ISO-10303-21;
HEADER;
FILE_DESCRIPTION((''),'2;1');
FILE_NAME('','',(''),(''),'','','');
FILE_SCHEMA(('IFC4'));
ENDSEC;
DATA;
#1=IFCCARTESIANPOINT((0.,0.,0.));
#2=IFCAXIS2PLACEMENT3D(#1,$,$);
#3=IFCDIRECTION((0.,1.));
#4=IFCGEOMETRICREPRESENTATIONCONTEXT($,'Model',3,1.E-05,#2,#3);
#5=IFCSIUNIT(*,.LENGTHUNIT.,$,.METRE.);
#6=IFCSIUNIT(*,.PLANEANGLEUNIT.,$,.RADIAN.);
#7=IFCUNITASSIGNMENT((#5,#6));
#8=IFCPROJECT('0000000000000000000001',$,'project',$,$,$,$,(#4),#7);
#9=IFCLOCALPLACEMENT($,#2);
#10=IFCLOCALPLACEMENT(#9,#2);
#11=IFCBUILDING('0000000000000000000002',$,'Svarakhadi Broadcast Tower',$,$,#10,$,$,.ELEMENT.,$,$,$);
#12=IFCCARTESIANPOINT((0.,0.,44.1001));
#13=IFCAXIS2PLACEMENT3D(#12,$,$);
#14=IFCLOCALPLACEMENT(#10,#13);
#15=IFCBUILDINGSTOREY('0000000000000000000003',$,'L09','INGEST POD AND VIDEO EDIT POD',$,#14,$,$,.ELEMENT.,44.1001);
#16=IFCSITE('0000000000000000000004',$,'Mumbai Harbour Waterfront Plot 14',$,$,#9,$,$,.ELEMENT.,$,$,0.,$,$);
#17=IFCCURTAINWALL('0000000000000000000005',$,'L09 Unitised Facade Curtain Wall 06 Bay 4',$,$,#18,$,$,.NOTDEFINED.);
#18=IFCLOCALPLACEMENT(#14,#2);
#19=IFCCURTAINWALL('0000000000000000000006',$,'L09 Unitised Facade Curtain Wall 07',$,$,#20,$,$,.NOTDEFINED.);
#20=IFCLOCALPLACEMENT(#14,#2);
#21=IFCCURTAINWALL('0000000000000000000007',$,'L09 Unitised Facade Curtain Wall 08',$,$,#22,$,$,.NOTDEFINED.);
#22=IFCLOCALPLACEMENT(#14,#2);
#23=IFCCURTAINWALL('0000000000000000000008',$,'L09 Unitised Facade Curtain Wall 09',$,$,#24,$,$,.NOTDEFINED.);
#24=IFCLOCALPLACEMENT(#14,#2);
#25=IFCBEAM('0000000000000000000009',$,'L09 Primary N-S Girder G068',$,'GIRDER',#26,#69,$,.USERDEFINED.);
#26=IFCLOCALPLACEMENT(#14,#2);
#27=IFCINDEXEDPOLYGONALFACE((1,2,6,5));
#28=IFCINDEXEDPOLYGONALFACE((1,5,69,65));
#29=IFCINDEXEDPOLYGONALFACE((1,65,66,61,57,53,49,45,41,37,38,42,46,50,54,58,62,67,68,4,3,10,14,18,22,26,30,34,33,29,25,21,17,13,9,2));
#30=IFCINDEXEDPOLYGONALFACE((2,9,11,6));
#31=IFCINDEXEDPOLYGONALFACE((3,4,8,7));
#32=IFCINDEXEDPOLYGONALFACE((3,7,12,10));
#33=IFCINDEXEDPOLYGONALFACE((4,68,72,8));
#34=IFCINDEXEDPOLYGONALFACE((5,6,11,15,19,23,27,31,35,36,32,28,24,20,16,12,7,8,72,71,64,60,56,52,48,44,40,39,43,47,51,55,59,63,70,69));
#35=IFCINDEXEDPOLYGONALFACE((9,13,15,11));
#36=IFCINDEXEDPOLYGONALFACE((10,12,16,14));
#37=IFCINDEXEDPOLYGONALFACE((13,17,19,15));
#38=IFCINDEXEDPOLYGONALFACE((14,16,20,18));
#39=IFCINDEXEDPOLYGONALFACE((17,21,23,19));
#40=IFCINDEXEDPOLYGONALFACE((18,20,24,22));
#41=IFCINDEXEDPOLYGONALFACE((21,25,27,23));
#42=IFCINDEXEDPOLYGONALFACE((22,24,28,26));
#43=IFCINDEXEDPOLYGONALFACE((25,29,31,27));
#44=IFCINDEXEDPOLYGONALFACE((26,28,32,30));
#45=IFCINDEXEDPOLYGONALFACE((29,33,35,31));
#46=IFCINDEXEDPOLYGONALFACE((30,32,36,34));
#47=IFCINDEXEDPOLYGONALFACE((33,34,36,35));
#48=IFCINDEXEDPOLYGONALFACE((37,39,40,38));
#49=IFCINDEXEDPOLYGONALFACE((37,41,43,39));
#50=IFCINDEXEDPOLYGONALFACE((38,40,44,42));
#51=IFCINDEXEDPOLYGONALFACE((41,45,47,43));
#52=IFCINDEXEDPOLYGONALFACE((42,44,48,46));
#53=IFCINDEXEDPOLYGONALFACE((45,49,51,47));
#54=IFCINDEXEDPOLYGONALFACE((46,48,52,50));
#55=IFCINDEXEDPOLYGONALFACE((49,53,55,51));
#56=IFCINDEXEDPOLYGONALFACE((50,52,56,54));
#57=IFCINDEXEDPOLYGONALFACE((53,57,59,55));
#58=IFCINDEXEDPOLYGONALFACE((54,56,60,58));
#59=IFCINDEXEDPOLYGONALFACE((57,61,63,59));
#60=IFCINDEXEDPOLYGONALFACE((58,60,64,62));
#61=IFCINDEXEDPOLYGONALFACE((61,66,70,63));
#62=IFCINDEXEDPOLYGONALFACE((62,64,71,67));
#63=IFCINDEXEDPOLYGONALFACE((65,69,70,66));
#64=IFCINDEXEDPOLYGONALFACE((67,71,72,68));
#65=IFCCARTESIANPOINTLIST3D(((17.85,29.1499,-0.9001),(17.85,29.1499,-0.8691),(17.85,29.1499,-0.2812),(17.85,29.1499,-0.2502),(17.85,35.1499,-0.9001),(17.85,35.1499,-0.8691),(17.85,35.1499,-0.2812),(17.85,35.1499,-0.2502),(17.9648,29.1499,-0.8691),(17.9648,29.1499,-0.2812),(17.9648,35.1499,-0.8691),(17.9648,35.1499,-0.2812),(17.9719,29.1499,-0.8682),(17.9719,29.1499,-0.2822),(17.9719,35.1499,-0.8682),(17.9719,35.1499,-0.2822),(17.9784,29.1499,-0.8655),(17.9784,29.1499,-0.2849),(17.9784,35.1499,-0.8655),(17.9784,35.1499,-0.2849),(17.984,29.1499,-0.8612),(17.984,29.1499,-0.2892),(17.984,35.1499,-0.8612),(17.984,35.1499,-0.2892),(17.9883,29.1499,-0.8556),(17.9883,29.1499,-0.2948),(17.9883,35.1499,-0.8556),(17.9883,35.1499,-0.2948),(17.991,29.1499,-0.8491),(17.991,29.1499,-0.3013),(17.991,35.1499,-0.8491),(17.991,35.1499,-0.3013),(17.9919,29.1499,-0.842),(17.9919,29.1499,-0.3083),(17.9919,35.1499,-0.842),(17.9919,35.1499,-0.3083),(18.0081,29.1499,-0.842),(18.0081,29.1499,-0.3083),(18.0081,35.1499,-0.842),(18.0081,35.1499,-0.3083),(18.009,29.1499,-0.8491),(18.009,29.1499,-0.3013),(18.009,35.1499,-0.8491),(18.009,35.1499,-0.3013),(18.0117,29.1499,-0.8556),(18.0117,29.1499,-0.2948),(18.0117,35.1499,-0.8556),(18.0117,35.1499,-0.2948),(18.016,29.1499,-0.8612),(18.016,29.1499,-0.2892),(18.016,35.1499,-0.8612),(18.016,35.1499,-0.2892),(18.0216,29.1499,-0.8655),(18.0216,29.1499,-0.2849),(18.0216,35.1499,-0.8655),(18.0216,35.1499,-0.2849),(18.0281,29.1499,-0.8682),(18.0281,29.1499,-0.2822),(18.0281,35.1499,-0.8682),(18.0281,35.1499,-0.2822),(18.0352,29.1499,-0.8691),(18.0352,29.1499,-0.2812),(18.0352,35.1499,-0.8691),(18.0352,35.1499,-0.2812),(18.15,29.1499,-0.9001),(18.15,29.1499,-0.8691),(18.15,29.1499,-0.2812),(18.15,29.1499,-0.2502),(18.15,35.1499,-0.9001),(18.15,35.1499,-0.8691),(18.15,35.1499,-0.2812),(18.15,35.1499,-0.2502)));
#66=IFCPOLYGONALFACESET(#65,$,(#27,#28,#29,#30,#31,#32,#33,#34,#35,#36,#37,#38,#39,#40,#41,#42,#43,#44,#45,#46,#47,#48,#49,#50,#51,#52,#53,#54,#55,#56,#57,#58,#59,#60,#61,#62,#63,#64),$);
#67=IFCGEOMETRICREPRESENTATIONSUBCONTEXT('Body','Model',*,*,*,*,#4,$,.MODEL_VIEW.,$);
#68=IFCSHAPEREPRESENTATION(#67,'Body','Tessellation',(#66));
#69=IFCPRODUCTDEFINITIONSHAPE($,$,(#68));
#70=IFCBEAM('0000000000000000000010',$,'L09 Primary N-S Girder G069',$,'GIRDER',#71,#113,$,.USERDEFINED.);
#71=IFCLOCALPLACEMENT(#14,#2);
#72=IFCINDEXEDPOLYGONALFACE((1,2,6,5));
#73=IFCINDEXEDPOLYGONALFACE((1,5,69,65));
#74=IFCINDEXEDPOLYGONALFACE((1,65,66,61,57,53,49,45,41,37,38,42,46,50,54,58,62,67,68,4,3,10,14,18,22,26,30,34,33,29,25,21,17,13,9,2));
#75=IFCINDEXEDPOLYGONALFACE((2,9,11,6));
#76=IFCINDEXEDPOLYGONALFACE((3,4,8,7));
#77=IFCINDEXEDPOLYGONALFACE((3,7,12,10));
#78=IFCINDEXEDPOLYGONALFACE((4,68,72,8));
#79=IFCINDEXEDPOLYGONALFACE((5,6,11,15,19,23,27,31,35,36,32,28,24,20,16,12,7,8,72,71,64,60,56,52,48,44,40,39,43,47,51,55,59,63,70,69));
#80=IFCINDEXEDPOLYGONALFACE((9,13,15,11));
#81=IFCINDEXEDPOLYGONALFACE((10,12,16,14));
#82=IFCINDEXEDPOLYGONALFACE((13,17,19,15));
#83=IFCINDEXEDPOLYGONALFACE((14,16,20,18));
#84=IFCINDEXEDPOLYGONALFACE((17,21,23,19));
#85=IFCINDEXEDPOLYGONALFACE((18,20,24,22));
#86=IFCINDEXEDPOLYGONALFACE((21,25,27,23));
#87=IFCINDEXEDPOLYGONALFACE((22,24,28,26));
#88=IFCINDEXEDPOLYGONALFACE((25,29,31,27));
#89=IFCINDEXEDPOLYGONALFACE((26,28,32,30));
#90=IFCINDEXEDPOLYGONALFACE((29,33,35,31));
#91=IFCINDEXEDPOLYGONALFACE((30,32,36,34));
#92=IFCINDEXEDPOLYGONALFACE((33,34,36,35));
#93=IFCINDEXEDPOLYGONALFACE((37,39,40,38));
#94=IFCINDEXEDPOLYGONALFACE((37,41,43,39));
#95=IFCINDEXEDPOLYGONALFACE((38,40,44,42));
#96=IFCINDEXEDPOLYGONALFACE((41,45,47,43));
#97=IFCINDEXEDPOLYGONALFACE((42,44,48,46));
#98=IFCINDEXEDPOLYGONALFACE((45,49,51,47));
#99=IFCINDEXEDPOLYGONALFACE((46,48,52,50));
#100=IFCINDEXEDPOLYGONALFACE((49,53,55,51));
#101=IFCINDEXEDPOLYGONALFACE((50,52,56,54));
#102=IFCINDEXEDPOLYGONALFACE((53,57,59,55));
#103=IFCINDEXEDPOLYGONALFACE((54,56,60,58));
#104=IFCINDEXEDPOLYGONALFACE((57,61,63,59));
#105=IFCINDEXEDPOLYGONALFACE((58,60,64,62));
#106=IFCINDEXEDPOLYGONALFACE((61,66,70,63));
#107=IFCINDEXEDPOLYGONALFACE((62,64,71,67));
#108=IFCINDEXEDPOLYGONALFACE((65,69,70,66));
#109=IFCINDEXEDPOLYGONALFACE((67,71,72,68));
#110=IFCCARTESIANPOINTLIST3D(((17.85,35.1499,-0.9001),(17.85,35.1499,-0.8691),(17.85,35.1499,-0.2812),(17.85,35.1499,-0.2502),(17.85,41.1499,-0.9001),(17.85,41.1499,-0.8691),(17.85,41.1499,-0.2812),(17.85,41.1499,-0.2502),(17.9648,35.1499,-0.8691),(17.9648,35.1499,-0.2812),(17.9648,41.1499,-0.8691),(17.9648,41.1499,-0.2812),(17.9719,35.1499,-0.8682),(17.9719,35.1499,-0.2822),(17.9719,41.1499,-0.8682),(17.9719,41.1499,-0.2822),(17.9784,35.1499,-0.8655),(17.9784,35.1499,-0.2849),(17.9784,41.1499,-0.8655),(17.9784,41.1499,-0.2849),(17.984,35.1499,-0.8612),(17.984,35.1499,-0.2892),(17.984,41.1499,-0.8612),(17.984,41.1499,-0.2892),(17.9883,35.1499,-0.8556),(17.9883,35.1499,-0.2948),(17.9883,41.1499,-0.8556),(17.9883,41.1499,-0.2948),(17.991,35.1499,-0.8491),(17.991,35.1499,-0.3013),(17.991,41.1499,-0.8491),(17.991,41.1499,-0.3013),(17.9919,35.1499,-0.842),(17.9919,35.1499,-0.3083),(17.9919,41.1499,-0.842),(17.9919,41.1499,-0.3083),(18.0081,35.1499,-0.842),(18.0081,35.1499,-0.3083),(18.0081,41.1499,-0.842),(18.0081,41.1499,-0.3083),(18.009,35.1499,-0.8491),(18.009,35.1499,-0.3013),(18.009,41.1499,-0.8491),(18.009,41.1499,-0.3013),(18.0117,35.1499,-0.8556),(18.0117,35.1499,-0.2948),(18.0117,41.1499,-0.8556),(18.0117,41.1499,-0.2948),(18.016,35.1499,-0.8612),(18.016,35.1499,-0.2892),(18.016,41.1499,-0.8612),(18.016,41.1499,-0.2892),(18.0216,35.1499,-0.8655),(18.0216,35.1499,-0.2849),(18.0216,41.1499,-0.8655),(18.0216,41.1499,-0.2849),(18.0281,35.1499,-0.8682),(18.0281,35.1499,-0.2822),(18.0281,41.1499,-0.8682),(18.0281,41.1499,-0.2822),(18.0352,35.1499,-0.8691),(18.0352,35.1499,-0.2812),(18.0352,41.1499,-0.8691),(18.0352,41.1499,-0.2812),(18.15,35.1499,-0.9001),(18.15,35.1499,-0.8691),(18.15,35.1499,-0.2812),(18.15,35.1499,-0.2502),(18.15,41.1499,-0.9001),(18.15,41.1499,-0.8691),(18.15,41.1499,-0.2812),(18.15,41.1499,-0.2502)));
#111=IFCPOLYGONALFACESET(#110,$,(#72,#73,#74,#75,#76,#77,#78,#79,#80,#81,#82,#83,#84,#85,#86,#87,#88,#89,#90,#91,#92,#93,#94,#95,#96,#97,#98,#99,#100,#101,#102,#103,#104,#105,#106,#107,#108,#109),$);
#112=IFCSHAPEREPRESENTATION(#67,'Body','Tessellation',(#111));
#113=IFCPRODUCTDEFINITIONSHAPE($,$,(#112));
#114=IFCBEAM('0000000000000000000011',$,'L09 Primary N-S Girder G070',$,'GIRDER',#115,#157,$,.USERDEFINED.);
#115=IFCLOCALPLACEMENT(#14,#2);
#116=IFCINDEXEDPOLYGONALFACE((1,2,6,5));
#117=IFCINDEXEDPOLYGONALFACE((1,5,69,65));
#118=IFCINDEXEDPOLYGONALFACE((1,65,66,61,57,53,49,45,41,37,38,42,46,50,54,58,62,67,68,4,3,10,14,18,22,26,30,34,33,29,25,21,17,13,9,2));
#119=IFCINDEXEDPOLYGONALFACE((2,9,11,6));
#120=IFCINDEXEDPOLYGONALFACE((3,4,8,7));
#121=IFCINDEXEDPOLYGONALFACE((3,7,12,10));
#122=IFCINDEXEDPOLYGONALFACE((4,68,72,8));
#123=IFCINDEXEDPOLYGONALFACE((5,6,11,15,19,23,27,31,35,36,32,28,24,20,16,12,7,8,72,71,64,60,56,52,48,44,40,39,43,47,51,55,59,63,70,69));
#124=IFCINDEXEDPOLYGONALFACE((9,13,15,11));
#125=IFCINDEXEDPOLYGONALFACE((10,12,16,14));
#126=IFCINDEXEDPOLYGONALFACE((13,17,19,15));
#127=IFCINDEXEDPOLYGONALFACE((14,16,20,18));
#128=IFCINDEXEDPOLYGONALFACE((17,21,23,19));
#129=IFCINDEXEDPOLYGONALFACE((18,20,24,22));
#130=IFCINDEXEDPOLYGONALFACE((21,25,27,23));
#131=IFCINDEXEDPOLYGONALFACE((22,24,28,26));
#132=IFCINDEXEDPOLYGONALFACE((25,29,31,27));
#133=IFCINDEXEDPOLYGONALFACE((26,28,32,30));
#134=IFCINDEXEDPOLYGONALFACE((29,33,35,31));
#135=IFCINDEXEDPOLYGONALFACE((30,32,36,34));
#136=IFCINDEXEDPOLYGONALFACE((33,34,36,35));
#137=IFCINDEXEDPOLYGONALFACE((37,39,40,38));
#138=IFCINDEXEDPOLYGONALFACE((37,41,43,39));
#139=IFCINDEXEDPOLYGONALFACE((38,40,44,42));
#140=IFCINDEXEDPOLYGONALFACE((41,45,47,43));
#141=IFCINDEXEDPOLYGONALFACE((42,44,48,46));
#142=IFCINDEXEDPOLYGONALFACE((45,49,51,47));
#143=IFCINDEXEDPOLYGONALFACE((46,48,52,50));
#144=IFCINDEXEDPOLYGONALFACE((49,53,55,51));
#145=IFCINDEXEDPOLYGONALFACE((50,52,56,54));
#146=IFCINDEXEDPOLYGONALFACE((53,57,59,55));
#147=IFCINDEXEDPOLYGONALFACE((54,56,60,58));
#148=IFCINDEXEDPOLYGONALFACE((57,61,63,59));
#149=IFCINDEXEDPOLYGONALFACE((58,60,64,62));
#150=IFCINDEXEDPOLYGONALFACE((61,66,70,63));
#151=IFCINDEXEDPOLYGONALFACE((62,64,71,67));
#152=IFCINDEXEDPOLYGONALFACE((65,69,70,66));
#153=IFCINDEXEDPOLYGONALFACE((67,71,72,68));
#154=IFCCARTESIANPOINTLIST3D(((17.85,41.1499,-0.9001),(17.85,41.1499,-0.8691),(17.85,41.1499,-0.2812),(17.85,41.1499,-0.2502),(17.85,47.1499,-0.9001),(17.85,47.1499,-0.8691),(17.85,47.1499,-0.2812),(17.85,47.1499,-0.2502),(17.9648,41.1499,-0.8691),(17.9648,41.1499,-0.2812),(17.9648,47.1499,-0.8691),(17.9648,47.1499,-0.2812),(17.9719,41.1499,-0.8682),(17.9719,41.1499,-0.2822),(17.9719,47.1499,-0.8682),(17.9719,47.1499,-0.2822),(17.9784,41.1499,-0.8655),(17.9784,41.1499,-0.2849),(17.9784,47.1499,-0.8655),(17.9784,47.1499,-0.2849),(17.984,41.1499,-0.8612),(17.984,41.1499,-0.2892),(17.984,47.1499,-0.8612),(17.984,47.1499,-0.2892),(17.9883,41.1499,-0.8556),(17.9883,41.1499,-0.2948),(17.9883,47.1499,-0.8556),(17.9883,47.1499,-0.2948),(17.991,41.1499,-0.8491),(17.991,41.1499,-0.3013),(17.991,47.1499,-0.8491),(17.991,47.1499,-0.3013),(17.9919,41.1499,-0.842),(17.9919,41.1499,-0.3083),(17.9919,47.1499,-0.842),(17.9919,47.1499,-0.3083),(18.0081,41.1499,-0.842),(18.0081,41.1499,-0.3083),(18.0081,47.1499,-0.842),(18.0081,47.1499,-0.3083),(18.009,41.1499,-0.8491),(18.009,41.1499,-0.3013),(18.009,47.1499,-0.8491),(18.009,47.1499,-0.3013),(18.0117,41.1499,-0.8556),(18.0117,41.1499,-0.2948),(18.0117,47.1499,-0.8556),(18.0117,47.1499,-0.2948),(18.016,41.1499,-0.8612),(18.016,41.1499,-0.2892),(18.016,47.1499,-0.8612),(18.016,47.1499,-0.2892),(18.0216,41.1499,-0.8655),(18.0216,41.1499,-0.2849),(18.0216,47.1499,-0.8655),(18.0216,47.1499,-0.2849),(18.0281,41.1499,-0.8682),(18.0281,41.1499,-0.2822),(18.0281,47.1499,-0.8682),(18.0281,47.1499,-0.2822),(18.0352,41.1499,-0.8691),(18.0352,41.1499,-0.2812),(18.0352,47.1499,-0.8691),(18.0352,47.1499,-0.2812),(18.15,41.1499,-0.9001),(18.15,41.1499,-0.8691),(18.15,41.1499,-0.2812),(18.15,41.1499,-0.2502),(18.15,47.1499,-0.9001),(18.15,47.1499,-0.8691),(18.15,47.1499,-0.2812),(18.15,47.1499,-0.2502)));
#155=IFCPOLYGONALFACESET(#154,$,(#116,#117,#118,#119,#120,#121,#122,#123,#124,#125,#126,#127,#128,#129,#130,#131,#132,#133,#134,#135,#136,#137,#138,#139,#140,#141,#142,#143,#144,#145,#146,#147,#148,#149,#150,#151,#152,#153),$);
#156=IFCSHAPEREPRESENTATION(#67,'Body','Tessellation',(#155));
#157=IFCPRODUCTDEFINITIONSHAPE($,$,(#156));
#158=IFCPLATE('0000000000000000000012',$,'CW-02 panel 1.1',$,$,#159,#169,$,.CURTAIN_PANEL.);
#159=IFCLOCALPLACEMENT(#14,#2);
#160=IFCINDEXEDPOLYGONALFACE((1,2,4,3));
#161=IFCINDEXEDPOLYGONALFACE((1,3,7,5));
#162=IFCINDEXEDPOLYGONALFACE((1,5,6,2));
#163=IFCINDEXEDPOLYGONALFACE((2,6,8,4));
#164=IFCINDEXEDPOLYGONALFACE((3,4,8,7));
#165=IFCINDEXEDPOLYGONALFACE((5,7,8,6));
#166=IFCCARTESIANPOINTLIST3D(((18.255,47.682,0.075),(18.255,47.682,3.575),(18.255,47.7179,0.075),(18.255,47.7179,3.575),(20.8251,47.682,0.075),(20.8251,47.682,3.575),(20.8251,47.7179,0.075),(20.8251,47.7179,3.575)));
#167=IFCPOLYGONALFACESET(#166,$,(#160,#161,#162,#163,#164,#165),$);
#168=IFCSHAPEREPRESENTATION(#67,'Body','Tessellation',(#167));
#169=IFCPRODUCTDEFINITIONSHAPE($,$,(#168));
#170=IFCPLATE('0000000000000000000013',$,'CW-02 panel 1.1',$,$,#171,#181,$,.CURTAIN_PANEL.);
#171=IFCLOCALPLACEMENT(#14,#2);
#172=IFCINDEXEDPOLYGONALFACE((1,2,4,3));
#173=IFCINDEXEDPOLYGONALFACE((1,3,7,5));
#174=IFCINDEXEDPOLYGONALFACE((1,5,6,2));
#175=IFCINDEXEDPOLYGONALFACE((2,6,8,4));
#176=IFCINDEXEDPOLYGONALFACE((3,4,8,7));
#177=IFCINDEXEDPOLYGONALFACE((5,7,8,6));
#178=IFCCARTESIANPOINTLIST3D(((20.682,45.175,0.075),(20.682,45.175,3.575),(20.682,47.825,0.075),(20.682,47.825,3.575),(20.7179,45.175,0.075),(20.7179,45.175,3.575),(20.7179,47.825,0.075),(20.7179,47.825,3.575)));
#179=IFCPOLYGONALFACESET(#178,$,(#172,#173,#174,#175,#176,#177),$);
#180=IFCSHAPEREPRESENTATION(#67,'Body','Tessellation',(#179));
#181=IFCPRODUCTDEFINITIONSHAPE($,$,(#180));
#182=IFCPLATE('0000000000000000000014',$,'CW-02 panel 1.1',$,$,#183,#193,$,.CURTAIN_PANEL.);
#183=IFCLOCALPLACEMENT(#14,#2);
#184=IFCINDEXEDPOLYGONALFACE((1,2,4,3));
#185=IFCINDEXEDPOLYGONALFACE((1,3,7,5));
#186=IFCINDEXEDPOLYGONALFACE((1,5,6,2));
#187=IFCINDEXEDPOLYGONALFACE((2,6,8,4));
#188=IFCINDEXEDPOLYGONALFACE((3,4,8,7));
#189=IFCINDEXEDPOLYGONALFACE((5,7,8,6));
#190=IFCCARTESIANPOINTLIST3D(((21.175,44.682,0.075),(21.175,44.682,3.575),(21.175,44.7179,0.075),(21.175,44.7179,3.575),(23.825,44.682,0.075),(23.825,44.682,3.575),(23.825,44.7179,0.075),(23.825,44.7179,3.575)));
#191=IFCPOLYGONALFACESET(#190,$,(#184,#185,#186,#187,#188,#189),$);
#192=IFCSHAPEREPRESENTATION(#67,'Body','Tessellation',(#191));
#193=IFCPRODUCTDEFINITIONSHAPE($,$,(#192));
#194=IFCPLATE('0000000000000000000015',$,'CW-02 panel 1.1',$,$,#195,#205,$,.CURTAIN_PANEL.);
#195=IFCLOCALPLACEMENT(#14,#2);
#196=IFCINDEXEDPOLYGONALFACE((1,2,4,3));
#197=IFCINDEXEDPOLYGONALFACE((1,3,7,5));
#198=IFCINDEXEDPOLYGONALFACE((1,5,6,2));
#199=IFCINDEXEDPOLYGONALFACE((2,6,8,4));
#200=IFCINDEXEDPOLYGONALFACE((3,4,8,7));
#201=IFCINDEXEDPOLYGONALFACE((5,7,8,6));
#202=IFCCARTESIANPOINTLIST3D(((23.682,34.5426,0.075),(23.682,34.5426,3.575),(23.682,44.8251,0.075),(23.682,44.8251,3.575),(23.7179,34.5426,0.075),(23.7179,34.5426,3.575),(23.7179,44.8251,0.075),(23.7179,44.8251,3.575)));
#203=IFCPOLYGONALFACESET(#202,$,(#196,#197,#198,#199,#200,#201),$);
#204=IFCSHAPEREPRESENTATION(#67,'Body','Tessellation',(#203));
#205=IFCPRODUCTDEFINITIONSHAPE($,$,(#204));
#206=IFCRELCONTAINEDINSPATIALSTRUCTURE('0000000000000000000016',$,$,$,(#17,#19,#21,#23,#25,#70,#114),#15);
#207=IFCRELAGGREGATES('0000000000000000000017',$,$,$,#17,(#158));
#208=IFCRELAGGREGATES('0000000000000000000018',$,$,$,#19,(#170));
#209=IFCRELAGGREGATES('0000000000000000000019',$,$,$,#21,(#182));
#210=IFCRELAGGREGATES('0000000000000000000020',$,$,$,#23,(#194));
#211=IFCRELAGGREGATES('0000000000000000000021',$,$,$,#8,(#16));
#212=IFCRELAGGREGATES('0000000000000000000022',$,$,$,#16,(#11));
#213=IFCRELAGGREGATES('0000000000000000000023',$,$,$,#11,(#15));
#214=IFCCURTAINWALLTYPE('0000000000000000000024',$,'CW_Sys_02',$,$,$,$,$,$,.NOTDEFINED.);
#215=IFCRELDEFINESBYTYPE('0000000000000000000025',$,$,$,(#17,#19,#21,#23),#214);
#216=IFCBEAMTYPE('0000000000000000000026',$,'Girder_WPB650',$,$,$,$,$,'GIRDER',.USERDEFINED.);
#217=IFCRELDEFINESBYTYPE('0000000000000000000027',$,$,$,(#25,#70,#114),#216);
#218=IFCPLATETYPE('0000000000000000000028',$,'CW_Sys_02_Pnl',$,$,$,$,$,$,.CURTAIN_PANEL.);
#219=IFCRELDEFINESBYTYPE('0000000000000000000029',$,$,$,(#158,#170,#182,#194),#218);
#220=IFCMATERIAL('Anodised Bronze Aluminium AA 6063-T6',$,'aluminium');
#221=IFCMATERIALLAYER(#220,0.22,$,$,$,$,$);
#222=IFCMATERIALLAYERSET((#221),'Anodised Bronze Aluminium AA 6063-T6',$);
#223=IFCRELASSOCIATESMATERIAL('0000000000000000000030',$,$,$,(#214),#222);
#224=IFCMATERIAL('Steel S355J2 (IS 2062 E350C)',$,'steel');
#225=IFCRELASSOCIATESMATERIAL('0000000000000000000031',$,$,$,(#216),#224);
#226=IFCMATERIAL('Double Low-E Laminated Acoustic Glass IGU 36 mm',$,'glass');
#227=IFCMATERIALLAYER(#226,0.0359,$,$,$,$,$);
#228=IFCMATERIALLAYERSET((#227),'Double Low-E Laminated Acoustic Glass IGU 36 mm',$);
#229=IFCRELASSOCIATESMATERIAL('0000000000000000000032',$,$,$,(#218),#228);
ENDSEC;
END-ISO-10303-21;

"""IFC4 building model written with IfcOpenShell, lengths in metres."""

from ifc_helpers import new_model, si_unit, direction, frame, origin, origin_2d, place, context, subcontext, project, spatial, rectangle, i_section, extrude, material, layer, layer_set, material_profile, profile_set, type_object, element, aggregate, save


model = new_model("IFC4")

# Units and contexts
model_context = context("Model", 3, precision=1e-05, world=origin(), true_north=direction((0.0, 1.0)))
body_context = subcontext(model_context, "Body", "Model", "MODEL_VIEW")
ifc_project = project(units=[si_unit("LENGTHUNIT", "METRE"), si_unit("PLANEANGLEUNIT", "RADIAN")], contexts=[model_context])

# Site, building, storey
site_placement = place(None, origin())
site = spatial("IfcSite", under=ifc_project, at=site_placement, Name="Mumbai Harbour Waterfront Plot 14", CompositionType="ELEMENT", RefElevation=0.0)
building_placement = place(site_placement, origin())
building = spatial("IfcBuilding", under=site, at=building_placement, Name="Svarakhadi Broadcast Tower", CompositionType="ELEMENT")
storey_placement = place(building_placement, frame((0.0, 0.0, 44.1001)))
storey = spatial("IfcBuildingStorey", under=building, at=storey_placement, Name="L09", Description="INGEST POD AND VIDEO EDIT POD", CompositionType="ELEMENT", Elevation=44.1001)

# Curtain walls
ifc_material_1 = material(Name="Anodised Bronze Aluminium AA 6063-T6", Category="aluminium")
ifc_layer_1 = layer(ifc_material_1, 0.22)
ifc_layer_set_1 = layer_set([ifc_layer_1], Name="Anodised Bronze Aluminium AA 6063-T6")
curtain_wall_type = type_object("IfcCurtainWallType", Name="CW_Sys_02", PredefinedType="NOTDEFINED", material=ifc_layer_set_1)
curtain_wall_1_placement = place(storey_placement, origin())
curtain_wall_1 = element("IfcCurtainWall", 1, at=curtain_wall_1_placement, inside=storey, type_object=curtain_wall_type, Name="L09 Unitised Facade Curtain Wall 06 Bay 4", PredefinedType="NOTDEFINED")
curtain_wall_2_placement = place(storey_placement, origin())
curtain_wall_2 = element("IfcCurtainWall", 2, at=curtain_wall_2_placement, inside=storey, type_object=curtain_wall_type, Name="L09 Unitised Facade Curtain Wall 07", PredefinedType="NOTDEFINED")
curtain_wall_3_placement = place(storey_placement, origin())
curtain_wall_3 = element("IfcCurtainWall", 3, at=curtain_wall_3_placement, inside=storey, type_object=curtain_wall_type, Name="L09 Unitised Facade Curtain Wall 08", PredefinedType="NOTDEFINED")
curtain_wall_4_placement = place(storey_placement, origin())
curtain_wall_4 = element("IfcCurtainWall", 4, at=curtain_wall_4_placement, inside=storey, type_object=curtain_wall_type, Name="L09 Unitised Facade Curtain Wall 09", PredefinedType="NOTDEFINED")

# Beams
ifc_material_2 = material(Name="Steel S355J2 (IS 2062 E350C)", Category="steel")
ifc_material_profile_1 = material_profile(ifc_material_2, i_section(OverallWidth=0.3, OverallDepth=0.6499, WebThickness=0.0161, FlangeThickness=0.031, FilletRadius=0.0271, at=origin_2d()), Name="WPB 650x300x225")
ifc_profile_set_1 = profile_set([ifc_material_profile_1], Name="Steel S355J2 (IS 2062 E350C)")
beam_type = type_object("IfcBeamType", Name="Girder_WPB650", ElementType="GIRDER", PredefinedType="USERDEFINED", material=ifc_profile_set_1)
for number, where, z_axis, x_axis, name in (
    (5, (18.0, 29.1499, -0.5752), (0.0, 1.0, 0.0), (-1.0, 0.0, 0.0), "L09 Primary N-S Girder G068"),
    (6, (18.0, 35.1499, -0.5752), (0.0, 1.0, 0.0), (-1.0, 0.0, 0.0), "L09 Primary N-S Girder G069"),
    (7, (18.0, 41.1499, -0.5752), (0.0, 1.0, 0.0), (-1.0, 0.0, 0.0), "L09 Primary N-S Girder G070"),
):
    element("IfcBeam", number, at=place(storey_placement, frame(where, z_axis=z_axis, x_axis=x_axis)), inside=storey, type_object=beam_type, Name=name, ObjectType="GIRDER", PredefinedType="USERDEFINED", context=body_context, shape_type="SweptSolid", body=[
        extrude(i_section(OverallWidth=0.3, OverallDepth=0.6499, WebThickness=0.0161, FlangeThickness=0.031, FilletRadius=0.0271, at=origin_2d()), origin(), (0.0, 0.0, 1.0), 6.0),
    ])

# Plates
ifc_material_3 = material(Name="Double Low-E Laminated Acoustic Glass IGU 36 mm", Category="glass")
ifc_layer_2 = layer(ifc_material_3, 0.0359)
ifc_layer_set_2 = layer_set([ifc_layer_2], Name="Double Low-E Laminated Acoustic Glass IGU 36 mm")
plate_type = type_object("IfcPlateType", Name="CW_Sys_02_Pnl", PredefinedType="CURTAIN_PANEL", material=ifc_layer_set_2)
plate_1_placement = place(storey_placement, frame((19.54, 47.7, 0.075), z_axis=(0.0, 0.0, 1.0), x_axis=(1.0, 0.0, 0.0)))
plate_1 = element("IfcPlate", 8, at=plate_1_placement, type_object=plate_type, Name="CW-02 panel 1.1", PredefinedType="CURTAIN_PANEL", context=body_context, shape_type="SweptSolid", body=[
    extrude(rectangle(XDim=2.5701, YDim=0.0359, at=origin_2d()), origin(), (0.0, 0.0, 1.0), 3.5),
])
aggregate(curtain_wall_1, [plate_1])
plate_2_placement = place(storey_placement, frame((20.7, 46.5, 0.075), z_axis=(0.0, 0.0, 1.0), x_axis=(0.0, -1.0, 0.0)))
plate_2 = element("IfcPlate", 9, at=plate_2_placement, type_object=plate_type, Name="CW-02 panel 1.1", PredefinedType="CURTAIN_PANEL", context=body_context, shape_type="SweptSolid", body=[
    extrude(rectangle(XDim=2.6499, YDim=0.0359, at=origin_2d()), origin(), (0.0, 0.0, 1.0), 3.5),
])
aggregate(curtain_wall_2, [plate_2])
plate_3_placement = place(storey_placement, frame((22.5, 44.7, 0.075), z_axis=(0.0, 0.0, 1.0), x_axis=(1.0, 0.0, 0.0)))
plate_3 = element("IfcPlate", 10, at=plate_3_placement, type_object=plate_type, Name="CW-02 panel 1.1", PredefinedType="CURTAIN_PANEL", context=body_context, shape_type="SweptSolid", body=[
    extrude(rectangle(XDim=2.6499, YDim=0.0359, at=origin_2d()), origin(), (0.0, 0.0, 1.0), 3.5),
])
aggregate(curtain_wall_3, [plate_3])
plate_4_placement = place(storey_placement, frame((23.7, 39.6838, 0.075), z_axis=(0.0, 0.0, 1.0), x_axis=(0.0, -1.0, 0.0)))
plate_4 = element("IfcPlate", 11, at=plate_4_placement, type_object=plate_type, Name="CW-02 panel 1.1", PredefinedType="CURTAIN_PANEL", context=body_context, shape_type="SweptSolid", body=[
    extrude(rectangle(XDim=10.2825, YDim=0.0359, at=origin_2d()), origin(), (0.0, 0.0, 1.0), 3.5),
])
aggregate(curtain_wall_4, [plate_4])

save(model, "model.ifc")
